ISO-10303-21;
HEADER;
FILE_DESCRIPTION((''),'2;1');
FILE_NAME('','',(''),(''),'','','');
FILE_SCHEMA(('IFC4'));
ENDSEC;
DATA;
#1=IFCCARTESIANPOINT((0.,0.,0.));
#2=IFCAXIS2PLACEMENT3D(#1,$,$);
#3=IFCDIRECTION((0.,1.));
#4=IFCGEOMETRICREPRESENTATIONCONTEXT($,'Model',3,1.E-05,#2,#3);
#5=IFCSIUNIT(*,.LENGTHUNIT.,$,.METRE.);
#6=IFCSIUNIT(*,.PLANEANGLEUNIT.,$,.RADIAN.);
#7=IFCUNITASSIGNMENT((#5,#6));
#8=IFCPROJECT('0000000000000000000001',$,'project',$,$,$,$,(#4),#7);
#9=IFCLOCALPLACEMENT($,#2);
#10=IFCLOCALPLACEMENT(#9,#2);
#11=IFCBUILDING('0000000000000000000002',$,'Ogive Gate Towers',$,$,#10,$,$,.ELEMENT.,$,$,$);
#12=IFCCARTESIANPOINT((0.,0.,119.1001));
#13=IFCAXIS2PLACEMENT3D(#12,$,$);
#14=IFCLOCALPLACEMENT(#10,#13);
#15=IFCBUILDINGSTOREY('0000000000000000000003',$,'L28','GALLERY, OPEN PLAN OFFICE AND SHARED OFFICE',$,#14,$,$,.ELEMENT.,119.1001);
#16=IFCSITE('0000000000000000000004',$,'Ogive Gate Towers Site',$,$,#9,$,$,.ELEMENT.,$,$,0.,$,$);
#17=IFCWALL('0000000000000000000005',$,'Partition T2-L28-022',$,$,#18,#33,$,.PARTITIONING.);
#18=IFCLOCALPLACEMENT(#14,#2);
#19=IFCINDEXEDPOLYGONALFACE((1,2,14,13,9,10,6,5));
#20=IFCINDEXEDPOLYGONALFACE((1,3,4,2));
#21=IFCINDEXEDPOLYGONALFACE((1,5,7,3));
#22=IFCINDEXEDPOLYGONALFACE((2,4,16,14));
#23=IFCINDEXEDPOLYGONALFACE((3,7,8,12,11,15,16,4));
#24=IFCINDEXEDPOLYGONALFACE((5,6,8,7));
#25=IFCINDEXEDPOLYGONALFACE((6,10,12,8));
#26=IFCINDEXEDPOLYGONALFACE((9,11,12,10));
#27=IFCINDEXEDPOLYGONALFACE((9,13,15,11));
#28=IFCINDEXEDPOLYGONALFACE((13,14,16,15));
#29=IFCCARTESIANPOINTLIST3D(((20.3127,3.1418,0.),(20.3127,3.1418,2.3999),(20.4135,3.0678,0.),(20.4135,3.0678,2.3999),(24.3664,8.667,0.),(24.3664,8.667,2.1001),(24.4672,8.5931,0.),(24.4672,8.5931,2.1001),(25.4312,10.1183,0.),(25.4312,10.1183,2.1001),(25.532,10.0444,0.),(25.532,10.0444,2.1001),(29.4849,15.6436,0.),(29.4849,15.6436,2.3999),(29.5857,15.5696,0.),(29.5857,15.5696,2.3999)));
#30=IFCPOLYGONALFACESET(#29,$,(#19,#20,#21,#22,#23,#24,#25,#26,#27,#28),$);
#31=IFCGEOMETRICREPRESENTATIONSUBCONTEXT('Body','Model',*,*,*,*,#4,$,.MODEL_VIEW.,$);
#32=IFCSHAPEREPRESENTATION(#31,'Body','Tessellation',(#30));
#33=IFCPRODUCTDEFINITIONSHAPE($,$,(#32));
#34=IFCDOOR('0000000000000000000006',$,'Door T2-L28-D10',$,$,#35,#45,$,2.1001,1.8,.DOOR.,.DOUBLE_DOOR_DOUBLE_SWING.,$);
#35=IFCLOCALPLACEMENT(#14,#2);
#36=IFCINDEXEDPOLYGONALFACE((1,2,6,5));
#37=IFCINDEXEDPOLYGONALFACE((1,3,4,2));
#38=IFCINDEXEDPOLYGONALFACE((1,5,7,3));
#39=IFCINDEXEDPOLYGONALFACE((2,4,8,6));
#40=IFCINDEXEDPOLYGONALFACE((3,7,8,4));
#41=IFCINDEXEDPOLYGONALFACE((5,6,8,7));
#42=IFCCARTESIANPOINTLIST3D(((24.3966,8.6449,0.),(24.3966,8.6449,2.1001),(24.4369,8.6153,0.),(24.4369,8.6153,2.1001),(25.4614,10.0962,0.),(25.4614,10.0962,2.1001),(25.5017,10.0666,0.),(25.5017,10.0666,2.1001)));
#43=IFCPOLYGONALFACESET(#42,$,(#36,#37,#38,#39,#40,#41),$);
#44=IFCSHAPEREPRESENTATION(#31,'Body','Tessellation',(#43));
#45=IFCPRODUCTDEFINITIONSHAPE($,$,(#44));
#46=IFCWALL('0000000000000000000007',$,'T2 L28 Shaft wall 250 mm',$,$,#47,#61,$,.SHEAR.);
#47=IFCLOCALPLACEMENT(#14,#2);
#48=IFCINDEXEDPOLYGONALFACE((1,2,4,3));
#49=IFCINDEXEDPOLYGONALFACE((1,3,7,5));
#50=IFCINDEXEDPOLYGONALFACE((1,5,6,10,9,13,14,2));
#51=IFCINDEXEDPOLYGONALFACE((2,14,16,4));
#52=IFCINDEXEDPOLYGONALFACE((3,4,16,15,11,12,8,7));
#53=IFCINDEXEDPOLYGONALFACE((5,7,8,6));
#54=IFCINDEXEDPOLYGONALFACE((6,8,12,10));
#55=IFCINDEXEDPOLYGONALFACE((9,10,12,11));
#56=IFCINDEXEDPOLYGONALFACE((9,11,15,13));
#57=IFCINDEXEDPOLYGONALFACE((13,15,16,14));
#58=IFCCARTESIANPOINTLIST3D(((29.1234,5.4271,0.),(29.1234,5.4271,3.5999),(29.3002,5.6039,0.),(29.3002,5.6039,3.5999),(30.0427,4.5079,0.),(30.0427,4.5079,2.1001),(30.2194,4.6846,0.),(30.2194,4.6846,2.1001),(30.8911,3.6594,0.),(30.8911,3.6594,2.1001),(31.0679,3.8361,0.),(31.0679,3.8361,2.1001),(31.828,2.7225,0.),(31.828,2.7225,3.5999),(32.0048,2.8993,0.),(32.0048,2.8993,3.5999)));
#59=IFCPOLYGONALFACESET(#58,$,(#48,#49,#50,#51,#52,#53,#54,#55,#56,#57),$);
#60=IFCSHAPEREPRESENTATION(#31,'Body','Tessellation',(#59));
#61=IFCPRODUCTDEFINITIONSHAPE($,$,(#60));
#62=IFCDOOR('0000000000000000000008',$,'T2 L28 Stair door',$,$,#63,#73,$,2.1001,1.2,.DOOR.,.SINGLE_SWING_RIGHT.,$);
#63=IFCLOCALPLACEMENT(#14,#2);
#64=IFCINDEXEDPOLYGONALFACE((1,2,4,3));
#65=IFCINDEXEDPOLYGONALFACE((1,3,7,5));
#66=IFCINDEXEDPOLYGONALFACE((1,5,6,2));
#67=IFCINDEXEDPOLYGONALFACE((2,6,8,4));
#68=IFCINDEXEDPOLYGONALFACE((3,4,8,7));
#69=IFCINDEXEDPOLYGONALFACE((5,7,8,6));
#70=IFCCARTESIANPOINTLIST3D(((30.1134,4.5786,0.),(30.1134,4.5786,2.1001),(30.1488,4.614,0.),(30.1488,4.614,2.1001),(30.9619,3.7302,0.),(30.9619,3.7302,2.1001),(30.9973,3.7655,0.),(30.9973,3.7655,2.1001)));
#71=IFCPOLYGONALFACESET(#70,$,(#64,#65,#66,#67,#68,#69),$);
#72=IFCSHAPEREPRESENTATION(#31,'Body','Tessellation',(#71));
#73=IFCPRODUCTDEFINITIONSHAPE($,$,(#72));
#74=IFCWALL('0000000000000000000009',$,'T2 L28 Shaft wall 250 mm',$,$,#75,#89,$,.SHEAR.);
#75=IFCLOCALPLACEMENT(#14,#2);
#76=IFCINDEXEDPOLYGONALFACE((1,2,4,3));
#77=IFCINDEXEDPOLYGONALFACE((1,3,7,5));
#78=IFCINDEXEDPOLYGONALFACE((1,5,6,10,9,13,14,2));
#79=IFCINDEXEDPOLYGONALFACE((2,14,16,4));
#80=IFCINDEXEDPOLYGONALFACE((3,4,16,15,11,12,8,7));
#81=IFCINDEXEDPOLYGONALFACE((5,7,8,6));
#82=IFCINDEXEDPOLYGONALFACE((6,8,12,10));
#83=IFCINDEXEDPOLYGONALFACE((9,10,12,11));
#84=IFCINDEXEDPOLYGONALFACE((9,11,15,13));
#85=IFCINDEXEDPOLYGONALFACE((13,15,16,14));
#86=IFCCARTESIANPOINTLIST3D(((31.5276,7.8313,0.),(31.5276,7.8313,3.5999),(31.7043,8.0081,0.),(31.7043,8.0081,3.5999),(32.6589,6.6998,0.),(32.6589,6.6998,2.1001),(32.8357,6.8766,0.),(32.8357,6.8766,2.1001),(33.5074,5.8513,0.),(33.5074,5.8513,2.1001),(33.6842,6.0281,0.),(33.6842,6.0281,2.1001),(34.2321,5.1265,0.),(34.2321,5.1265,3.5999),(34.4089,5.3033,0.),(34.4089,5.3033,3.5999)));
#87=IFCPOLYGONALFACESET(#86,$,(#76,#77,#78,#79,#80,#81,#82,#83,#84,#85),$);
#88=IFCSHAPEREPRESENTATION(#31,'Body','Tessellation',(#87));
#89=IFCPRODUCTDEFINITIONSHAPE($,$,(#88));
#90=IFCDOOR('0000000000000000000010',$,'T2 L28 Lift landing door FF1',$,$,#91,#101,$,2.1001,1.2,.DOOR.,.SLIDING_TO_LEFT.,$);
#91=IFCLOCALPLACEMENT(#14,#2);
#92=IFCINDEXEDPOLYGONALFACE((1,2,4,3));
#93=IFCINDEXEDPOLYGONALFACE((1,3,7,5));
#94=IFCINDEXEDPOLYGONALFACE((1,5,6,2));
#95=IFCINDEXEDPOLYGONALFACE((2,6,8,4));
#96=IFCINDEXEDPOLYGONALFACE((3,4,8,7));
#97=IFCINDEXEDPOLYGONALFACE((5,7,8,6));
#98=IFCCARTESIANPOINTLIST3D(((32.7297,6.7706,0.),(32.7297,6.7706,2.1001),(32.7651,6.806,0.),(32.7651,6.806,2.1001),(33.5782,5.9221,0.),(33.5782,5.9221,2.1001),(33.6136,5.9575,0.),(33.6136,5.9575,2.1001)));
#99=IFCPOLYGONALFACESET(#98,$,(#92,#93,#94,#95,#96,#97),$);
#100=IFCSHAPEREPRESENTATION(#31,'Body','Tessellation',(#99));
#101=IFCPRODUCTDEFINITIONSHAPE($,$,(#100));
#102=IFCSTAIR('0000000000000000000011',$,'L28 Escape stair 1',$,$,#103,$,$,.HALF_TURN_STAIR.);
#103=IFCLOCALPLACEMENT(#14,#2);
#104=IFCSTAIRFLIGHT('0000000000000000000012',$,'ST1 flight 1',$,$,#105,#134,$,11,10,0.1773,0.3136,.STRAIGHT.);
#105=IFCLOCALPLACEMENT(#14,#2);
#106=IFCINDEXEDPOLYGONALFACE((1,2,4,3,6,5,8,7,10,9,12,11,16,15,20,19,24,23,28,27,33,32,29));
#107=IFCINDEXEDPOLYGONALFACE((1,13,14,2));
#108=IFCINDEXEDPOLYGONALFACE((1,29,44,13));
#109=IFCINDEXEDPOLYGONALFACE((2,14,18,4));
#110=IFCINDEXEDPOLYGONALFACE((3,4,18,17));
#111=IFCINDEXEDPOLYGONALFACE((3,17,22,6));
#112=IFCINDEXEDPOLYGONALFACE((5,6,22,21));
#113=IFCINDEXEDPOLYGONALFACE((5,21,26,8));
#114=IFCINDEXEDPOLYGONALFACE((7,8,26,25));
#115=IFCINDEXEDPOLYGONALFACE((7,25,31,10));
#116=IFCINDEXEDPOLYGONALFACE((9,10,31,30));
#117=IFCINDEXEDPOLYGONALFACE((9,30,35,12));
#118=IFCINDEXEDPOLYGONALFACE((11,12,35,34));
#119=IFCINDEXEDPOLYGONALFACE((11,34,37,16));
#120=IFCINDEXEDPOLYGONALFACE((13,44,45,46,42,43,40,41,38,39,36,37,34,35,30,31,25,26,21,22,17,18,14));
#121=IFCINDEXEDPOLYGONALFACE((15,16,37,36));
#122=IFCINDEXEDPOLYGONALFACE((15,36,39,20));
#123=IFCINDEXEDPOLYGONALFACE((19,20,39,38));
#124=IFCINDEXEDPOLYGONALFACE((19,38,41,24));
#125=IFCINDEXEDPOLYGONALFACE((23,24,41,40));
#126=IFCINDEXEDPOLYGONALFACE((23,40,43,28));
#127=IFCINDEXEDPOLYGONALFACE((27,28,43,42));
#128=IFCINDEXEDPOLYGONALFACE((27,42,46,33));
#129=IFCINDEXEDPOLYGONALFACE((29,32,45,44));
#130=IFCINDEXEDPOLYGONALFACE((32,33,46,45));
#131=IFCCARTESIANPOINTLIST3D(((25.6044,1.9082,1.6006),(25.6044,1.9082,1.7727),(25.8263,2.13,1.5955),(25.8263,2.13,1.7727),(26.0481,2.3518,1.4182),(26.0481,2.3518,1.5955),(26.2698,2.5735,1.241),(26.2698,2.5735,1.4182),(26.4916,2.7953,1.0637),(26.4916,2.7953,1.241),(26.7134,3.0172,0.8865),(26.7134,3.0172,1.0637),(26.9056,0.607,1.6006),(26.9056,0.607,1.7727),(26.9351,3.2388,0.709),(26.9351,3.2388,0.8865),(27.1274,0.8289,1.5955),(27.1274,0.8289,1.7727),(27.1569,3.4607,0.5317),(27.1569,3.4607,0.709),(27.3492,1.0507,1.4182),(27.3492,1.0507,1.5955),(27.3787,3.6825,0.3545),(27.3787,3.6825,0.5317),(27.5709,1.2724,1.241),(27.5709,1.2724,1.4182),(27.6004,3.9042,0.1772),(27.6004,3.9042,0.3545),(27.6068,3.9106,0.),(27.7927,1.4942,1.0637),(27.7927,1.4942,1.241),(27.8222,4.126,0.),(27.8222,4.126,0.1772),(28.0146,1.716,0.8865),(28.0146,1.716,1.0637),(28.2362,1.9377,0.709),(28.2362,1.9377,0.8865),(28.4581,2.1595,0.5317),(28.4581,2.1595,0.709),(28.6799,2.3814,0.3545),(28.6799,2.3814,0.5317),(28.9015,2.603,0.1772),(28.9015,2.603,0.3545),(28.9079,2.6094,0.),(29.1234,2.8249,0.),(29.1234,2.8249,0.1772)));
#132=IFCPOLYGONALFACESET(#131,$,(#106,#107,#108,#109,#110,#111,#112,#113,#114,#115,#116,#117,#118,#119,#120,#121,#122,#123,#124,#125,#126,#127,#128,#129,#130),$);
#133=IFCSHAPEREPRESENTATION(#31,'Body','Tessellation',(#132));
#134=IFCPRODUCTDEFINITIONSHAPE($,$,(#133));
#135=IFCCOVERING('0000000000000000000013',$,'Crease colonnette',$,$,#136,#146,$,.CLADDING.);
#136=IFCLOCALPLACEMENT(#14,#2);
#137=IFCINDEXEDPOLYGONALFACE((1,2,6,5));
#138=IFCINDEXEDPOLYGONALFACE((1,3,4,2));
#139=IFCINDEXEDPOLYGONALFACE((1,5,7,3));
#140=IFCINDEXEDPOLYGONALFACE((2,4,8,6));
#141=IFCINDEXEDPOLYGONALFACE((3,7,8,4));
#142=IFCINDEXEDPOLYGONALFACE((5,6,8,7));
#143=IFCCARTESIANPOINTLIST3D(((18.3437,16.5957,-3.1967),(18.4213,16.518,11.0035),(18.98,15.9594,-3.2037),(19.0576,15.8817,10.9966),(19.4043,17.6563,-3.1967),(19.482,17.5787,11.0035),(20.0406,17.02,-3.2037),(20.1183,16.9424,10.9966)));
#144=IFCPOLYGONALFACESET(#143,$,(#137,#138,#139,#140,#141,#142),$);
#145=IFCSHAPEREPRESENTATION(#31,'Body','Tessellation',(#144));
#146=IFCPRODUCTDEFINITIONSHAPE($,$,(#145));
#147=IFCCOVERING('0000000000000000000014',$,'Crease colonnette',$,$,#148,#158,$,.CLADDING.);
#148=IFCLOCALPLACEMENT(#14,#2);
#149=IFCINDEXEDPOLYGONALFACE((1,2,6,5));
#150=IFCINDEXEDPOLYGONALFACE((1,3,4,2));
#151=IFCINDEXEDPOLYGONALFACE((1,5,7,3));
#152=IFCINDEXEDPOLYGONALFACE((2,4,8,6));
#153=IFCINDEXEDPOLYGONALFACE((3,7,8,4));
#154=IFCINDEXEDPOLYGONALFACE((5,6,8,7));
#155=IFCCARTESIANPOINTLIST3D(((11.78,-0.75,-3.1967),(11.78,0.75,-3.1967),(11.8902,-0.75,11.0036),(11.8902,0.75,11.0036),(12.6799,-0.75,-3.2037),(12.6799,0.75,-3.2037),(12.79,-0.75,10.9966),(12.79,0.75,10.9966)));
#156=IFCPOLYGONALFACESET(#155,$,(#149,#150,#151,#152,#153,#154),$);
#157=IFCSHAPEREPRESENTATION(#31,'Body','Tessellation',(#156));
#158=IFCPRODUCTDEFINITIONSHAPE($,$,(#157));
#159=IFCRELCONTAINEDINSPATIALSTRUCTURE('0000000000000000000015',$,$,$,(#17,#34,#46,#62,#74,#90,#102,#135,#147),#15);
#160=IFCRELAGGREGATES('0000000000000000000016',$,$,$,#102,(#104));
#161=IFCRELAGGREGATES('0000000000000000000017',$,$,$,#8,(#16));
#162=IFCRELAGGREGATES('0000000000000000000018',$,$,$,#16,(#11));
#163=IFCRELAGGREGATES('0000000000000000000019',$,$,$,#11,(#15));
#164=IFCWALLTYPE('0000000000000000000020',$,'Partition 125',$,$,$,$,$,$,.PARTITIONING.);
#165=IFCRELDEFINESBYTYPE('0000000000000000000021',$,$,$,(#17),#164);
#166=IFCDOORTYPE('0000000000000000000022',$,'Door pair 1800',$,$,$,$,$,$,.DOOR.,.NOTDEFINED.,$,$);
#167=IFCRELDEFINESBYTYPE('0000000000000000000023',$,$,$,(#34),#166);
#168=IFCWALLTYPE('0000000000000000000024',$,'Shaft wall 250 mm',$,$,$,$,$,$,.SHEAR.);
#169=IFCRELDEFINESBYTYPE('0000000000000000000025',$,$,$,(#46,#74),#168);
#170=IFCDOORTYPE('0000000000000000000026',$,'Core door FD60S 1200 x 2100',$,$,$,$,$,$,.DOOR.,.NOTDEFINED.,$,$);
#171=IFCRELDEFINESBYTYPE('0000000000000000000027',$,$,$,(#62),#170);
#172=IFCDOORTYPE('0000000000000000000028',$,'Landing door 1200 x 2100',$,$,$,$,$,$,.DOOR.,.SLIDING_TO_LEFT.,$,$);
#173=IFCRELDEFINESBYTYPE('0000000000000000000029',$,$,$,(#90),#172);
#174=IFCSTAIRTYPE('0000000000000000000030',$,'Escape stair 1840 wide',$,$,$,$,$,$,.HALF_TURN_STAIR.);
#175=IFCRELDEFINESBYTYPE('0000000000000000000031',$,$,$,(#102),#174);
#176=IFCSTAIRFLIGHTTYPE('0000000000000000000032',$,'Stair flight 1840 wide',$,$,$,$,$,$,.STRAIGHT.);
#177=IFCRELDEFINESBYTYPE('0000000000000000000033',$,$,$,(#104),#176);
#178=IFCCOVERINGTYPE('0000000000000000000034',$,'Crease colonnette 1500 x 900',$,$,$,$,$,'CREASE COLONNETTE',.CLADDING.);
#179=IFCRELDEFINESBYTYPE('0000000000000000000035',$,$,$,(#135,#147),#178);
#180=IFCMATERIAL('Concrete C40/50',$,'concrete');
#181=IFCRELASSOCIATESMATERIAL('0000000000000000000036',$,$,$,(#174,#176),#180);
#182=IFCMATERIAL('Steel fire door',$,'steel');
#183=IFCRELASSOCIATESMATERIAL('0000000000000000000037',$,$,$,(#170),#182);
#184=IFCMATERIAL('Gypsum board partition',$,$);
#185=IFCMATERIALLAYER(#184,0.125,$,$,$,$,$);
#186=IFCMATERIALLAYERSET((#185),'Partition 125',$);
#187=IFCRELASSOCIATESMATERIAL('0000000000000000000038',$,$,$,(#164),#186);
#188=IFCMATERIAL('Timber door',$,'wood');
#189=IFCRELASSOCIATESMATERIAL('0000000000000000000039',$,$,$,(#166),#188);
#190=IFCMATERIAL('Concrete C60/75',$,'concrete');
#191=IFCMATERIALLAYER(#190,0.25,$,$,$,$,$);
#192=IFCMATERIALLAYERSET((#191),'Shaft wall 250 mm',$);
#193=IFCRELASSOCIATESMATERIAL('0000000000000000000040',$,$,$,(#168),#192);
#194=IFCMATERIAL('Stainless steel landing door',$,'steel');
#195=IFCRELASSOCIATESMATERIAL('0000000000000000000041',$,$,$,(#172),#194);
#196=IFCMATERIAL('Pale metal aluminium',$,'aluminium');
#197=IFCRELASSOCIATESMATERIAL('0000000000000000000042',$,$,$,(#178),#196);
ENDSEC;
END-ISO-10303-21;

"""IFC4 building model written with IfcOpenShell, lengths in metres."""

from ifc_helpers import new_model, si_unit, direction, frame, frame_2d, origin, origin_2d, place, context, subcontext, project, spatial, polyline, rectangle, outline, extrude, material, layer, layer_set, material_profile, profile_set, type_object, element, fill, aggregate, save


model = new_model("IFC4")

# Units and contexts
model_context = context("Model", 3, precision=1e-05, world=origin(), true_north=direction((0.0, 1.0)))
body_context = subcontext(model_context, "Body", "Model", "MODEL_VIEW")
ifc_project = project(units=[si_unit("LENGTHUNIT", "METRE"), si_unit("PLANEANGLEUNIT", "RADIAN")], contexts=[model_context])

# Site, building, storey
site_placement = place(None, origin())
site = spatial("IfcSite", under=ifc_project, at=site_placement, Name="Ogive Gate Towers Site", CompositionType="ELEMENT", RefElevation=0.0)
building_placement = place(site_placement, origin())
building = spatial("IfcBuilding", under=site, at=building_placement, Name="Ogive Gate Towers", CompositionType="ELEMENT")
storey_placement = place(building_placement, frame((0.0, 0.0, 119.1001)))
storey = spatial("IfcBuildingStorey", under=building, at=storey_placement, Name="L28", Description="GALLERY, OPEN PLAN OFFICE AND SHARED OFFICE", CompositionType="ELEMENT", Elevation=119.1001)

# Shared definitions
ifc_material_1 = material(Name="Concrete C40/50", Category="concrete")

# Shared definitions
stair_type = type_object("IfcStairType", Name="Escape stair 1840 wide", PredefinedType="HALF_TURN_STAIR", material=ifc_material_1)

# Shared definitions
ifc_material_2 = material(Name="Concrete C60/75", Category="concrete")
ifc_material_3 = material(Name="Timber door", Category="wood")
ifc_material_4 = material(Name="Steel fire door", Category="steel")
door_type_1 = type_object("IfcDoorType", Name="Core door FD60S 1200 x 2100", OperationType="NOTDEFINED", PredefinedType="DOOR", material=ifc_material_4)

# Shared definitions
ifc_material_5 = material(Name="Gypsum board partition")
ifc_layer_1 = layer(ifc_material_5, 0.125)
ifc_layer_set_1 = layer_set([ifc_layer_1], Name="Partition 125")
wall_type_1 = type_object("IfcWallType", Name="Partition 125", PredefinedType="PARTITIONING", material=ifc_layer_set_1)

# Walls, openings, doors
door_type_2 = type_object("IfcDoorType", Name="Door pair 1800", OperationType="NOTDEFINED", PredefinedType="DOOR", material=ifc_material_3)
wall_1_placement = place(storey_placement, frame((29.5354, 15.6067, 0.0), z_axis=(0.0, 0.0, 1.0), x_axis=(-0.59154, -0.806276, 0.0)))
wall_1 = element("IfcWall", 1, at=wall_1_placement, inside=storey, type_object=wall_type_1, Name="Partition T2-L28-022", PredefinedType="PARTITIONING", context=body_context, shape_type="SweptSolid", body=[
    extrude(rectangle(XDim=15.5056, YDim=0.125, at=frame_2d((7.7529, 0.0))), origin(), (0.0, 0.0, 1.0), 2.3999),
])
opening_1_placement = place(wall_1_placement, frame((6.853, 0.0, 0.0)))
opening_1 = element("IfcOpeningElement", 2, at=opening_1_placement, cuts=wall_1, PredefinedType="OPENING", context=body_context, shape_type="SweptSolid", body=[
    extrude(rectangle(XDim=1.8, YDim=2.1001, at=frame_2d((0.8999, 1.05))), frame((0.0, 0.0725, 0.0), z_axis=(0.0, -1.0, 0.0), x_axis=(1.0, 0.0, 0.0)), (0.0, 0.0, 1.0), 0.145),
])
door_1_placement = place(opening_1_placement, origin())
door_1 = element("IfcDoor", 3, at=door_1_placement, inside=storey, type_object=door_type_2, Name="Door T2-L28-D10", OperationType="DOUBLE_DOOR_DOUBLE_SWING", OverallHeight=2.1001, OverallWidth=1.8, PredefinedType="DOOR", context=body_context, shape_type="SweptSolid", body=[
    extrude(rectangle(XDim=1.8, YDim=2.1001, at=frame_2d((0.8999, 1.05))), frame((0.0, 0.0249, 0.0), z_axis=(0.0, -1.0, 0.0), x_axis=(1.0, 0.0, 0.0)), (0.0, 0.0, 1.0), 0.05),
])
fill(opening_1, door_1)
ifc_layer_2 = layer(ifc_material_2, 0.25)
ifc_layer_set_2 = layer_set([ifc_layer_2], Name="Shaft wall 250 mm")
wall_type_2 = type_object("IfcWallType", Name="Shaft wall 250 mm", PredefinedType="SHEAR", material=ifc_layer_set_2)
wall_2_placement = place(storey_placement, frame((31.9165, 2.8108, 0.0), z_axis=(0.0, 0.0, 1.0), x_axis=(-0.707107, 0.707107, 0.0)))
wall_2 = element("IfcWall", 4, at=wall_2_placement, inside=storey, type_object=wall_type_2, Name="T2 L28 Shaft wall 250 mm", PredefinedType="SHEAR", context=body_context, shape_type="SweptSolid", body=[
    extrude(rectangle(XDim=3.825, YDim=0.25, at=frame_2d((1.9126, 0.0))), origin(), (0.0, 0.0, 1.0), 3.5999),
])
opening_2_placement = place(wall_2_placement, frame((1.325, 0.0, 0.0)))
opening_2 = element("IfcOpeningElement", 5, at=opening_2_placement, cuts=wall_2, PredefinedType="OPENING", context=body_context, shape_type="SweptSolid", body=[
    extrude(rectangle(XDim=1.2, YDim=2.1001, at=frame_2d((0.6001, 1.05))), frame((0.0, 0.135, 0.0), z_axis=(0.0, -1.0, 0.0), x_axis=(1.0, 0.0, 0.0)), (0.0, 0.0, 1.0), 0.27),
])
door_2_placement = place(opening_2_placement, origin())
door_2 = element("IfcDoor", 6, at=door_2_placement, inside=storey, type_object=door_type_1, Name="T2 L28 Stair door", OperationType="SINGLE_SWING_RIGHT", OverallHeight=2.1001, OverallWidth=1.2, PredefinedType="DOOR", context=body_context, shape_type="SweptSolid", body=[
    extrude(rectangle(XDim=1.2, YDim=2.1001, at=frame_2d((0.6001, 1.05))), frame((0.0, 0.0249, 0.0), z_axis=(0.0, -1.0, 0.0), x_axis=(1.0, 0.0, 0.0)), (0.0, 0.0, 1.0), 0.05),
])
fill(opening_2, door_2)
wall_3_placement = place(storey_placement, frame((34.3206, 5.2148, 0.0), z_axis=(0.0, 0.0, 1.0), x_axis=(-0.707075, 0.707139, 0.0)))
wall_3 = element("IfcWall", 7, at=wall_3_placement, inside=storey, type_object=wall_type_2, Name="T2 L28 Shaft wall 250 mm", PredefinedType="SHEAR", context=body_context, shape_type="SweptSolid", body=[
    extrude(rectangle(XDim=3.825, YDim=0.25, at=frame_2d((1.9126, 0.0))), origin(), (0.0, 0.0, 1.0), 3.5999),
])
opening_3_placement = place(wall_3_placement, frame((1.0249, 0.0, 0.0)))
opening_3 = element("IfcOpeningElement", 8, at=opening_3_placement, cuts=wall_3, PredefinedType="OPENING", context=body_context, shape_type="SweptSolid", body=[
    extrude(rectangle(XDim=1.2, YDim=2.1001, at=frame_2d((0.6001, 1.05))), frame((0.0, 0.135, 0.0), z_axis=(0.0, -1.0, 0.0), x_axis=(1.0, 0.0, 0.0)), (0.0, 0.0, 1.0), 0.27),
])
ifc_material_6 = material(Name="Stainless steel landing door", Category="steel")
door_type_3 = type_object("IfcDoorType", Name="Landing door 1200 x 2100", OperationType="SLIDING_TO_LEFT", PredefinedType="DOOR", material=ifc_material_6)
door_3_placement = place(opening_3_placement, origin())
door_3 = element("IfcDoor", 9, at=door_3_placement, inside=storey, type_object=door_type_3, Name="T2 L28 Lift landing door FF1", OperationType="SLIDING_TO_LEFT", OverallHeight=2.1001, OverallWidth=1.2, PredefinedType="DOOR", context=body_context, shape_type="SweptSolid", body=[
    extrude(rectangle(XDim=1.2, YDim=2.1001, at=frame_2d((0.6001, 1.05))), frame((0.0, 0.0249, 0.0), z_axis=(0.0, -1.0, 0.0), x_axis=(1.0, 0.0, 0.0)), (0.0, 0.0, 1.0), 0.05),
])
fill(opening_3, door_3)

# Stair, stair flight
stair_1_placement = place(storey_placement, origin())
stair_1 = element("IfcStair", 10, at=stair_1_placement, inside=storey, type_object=stair_type, Name="L28 Escape stair 1", PredefinedType="HALF_TURN_STAIR")
stair_flight_type = type_object("IfcStairFlightType", Name="Stair flight 1840 wide", PredefinedType="STRAIGHT", material=ifc_material_1)
stair_flight_placement = place(storey_placement, frame((28.4729, 3.4753, 0.0), z_axis=(0.0, 0.0, 1.0), x_axis=(-0.707107, -0.707107, 0.0)))
stair_flight = element("IfcStairFlight", 11, at=stair_flight_placement, type_object=stair_flight_type, Name="ST1 flight 1", NumberOfRisers=11, NumberOfTreads=10, PredefinedType="STRAIGHT", RiserHeight=0.1773, TreadLength=0.3136, context=body_context, shape_type="SweptSolid", body=[
    extrude(outline(polyline([(0.0, 0.0), (0.0, 0.1772), (0.3137, 0.1772), (0.3137, 0.3545), (0.6272, 0.3545), (0.6272, 0.5317), (0.9409, 0.5317), (0.9409, 0.709), (1.2546, 0.709), (1.2546, 0.8865), (1.5681, 0.8865), (1.5681, 1.0637), (1.8818, 1.0637), (1.8818, 1.241), (2.1956, 1.241), (2.1956, 1.4182), (2.509, 1.4182), (2.509, 1.5955), (2.8228, 1.5955), (2.8228, 1.7727), (3.1365, 1.7727), (3.1365, 1.95), (3.1365, 1.6006), (0.3047, 0.0), (0.0, 0.0)])), frame((0.0, 0.9199, 0.0), z_axis=(0.0, -1.0, 0.0), x_axis=(1.0, 0.0, 0.0)), (0.0, 0.0, 1.0), 1.8401),
])
aggregate(stair_1, [stair_flight])

# Coverings
ifc_material_7 = material(Name="Pale metal aluminium", Category="aluminium")
ifc_material_profile_1 = material_profile(ifc_material_7, rectangle(XDim=1.5, YDim=0.8999, at=origin_2d()), Name="1500 x 900 pale metal aluminium")
ifc_profile_set_1 = profile_set([ifc_material_profile_1], Name="Pale metal aluminium")
covering_type_1 = type_object("IfcCoveringType", Name="Crease colonnette 1500 x 900", ElementType="CREASE COLONNETTE", PredefinedType="CLADDING", material=ifc_profile_set_1)
for number, where, z_axis, x_axis, name in (
    (12, (19.1921, 16.8079, -3.2002), (0.005467, -0.005467, 0.99997), (0.707107, 0.707107, 0.0), "Crease colonnette"),
    (13, (12.23, 0.0, -3.2002), (0.007754, 0.0, 0.99997), (0.0, 1.0, 0.0), "Crease colonnette"),
):
    element("IfcCovering", number, at=place(storey_placement, frame(where, z_axis=z_axis, x_axis=x_axis)), inside=storey, type_object=covering_type_1, Name=name, PredefinedType="CLADDING", context=body_context, shape_type="SweptSolid", body=[
        extrude(rectangle(XDim=1.5, YDim=0.8999, at=origin_2d()), origin(), (0.0, 0.0, 1.0), 14.2007),
    ])

save(model, "model.ifc")
